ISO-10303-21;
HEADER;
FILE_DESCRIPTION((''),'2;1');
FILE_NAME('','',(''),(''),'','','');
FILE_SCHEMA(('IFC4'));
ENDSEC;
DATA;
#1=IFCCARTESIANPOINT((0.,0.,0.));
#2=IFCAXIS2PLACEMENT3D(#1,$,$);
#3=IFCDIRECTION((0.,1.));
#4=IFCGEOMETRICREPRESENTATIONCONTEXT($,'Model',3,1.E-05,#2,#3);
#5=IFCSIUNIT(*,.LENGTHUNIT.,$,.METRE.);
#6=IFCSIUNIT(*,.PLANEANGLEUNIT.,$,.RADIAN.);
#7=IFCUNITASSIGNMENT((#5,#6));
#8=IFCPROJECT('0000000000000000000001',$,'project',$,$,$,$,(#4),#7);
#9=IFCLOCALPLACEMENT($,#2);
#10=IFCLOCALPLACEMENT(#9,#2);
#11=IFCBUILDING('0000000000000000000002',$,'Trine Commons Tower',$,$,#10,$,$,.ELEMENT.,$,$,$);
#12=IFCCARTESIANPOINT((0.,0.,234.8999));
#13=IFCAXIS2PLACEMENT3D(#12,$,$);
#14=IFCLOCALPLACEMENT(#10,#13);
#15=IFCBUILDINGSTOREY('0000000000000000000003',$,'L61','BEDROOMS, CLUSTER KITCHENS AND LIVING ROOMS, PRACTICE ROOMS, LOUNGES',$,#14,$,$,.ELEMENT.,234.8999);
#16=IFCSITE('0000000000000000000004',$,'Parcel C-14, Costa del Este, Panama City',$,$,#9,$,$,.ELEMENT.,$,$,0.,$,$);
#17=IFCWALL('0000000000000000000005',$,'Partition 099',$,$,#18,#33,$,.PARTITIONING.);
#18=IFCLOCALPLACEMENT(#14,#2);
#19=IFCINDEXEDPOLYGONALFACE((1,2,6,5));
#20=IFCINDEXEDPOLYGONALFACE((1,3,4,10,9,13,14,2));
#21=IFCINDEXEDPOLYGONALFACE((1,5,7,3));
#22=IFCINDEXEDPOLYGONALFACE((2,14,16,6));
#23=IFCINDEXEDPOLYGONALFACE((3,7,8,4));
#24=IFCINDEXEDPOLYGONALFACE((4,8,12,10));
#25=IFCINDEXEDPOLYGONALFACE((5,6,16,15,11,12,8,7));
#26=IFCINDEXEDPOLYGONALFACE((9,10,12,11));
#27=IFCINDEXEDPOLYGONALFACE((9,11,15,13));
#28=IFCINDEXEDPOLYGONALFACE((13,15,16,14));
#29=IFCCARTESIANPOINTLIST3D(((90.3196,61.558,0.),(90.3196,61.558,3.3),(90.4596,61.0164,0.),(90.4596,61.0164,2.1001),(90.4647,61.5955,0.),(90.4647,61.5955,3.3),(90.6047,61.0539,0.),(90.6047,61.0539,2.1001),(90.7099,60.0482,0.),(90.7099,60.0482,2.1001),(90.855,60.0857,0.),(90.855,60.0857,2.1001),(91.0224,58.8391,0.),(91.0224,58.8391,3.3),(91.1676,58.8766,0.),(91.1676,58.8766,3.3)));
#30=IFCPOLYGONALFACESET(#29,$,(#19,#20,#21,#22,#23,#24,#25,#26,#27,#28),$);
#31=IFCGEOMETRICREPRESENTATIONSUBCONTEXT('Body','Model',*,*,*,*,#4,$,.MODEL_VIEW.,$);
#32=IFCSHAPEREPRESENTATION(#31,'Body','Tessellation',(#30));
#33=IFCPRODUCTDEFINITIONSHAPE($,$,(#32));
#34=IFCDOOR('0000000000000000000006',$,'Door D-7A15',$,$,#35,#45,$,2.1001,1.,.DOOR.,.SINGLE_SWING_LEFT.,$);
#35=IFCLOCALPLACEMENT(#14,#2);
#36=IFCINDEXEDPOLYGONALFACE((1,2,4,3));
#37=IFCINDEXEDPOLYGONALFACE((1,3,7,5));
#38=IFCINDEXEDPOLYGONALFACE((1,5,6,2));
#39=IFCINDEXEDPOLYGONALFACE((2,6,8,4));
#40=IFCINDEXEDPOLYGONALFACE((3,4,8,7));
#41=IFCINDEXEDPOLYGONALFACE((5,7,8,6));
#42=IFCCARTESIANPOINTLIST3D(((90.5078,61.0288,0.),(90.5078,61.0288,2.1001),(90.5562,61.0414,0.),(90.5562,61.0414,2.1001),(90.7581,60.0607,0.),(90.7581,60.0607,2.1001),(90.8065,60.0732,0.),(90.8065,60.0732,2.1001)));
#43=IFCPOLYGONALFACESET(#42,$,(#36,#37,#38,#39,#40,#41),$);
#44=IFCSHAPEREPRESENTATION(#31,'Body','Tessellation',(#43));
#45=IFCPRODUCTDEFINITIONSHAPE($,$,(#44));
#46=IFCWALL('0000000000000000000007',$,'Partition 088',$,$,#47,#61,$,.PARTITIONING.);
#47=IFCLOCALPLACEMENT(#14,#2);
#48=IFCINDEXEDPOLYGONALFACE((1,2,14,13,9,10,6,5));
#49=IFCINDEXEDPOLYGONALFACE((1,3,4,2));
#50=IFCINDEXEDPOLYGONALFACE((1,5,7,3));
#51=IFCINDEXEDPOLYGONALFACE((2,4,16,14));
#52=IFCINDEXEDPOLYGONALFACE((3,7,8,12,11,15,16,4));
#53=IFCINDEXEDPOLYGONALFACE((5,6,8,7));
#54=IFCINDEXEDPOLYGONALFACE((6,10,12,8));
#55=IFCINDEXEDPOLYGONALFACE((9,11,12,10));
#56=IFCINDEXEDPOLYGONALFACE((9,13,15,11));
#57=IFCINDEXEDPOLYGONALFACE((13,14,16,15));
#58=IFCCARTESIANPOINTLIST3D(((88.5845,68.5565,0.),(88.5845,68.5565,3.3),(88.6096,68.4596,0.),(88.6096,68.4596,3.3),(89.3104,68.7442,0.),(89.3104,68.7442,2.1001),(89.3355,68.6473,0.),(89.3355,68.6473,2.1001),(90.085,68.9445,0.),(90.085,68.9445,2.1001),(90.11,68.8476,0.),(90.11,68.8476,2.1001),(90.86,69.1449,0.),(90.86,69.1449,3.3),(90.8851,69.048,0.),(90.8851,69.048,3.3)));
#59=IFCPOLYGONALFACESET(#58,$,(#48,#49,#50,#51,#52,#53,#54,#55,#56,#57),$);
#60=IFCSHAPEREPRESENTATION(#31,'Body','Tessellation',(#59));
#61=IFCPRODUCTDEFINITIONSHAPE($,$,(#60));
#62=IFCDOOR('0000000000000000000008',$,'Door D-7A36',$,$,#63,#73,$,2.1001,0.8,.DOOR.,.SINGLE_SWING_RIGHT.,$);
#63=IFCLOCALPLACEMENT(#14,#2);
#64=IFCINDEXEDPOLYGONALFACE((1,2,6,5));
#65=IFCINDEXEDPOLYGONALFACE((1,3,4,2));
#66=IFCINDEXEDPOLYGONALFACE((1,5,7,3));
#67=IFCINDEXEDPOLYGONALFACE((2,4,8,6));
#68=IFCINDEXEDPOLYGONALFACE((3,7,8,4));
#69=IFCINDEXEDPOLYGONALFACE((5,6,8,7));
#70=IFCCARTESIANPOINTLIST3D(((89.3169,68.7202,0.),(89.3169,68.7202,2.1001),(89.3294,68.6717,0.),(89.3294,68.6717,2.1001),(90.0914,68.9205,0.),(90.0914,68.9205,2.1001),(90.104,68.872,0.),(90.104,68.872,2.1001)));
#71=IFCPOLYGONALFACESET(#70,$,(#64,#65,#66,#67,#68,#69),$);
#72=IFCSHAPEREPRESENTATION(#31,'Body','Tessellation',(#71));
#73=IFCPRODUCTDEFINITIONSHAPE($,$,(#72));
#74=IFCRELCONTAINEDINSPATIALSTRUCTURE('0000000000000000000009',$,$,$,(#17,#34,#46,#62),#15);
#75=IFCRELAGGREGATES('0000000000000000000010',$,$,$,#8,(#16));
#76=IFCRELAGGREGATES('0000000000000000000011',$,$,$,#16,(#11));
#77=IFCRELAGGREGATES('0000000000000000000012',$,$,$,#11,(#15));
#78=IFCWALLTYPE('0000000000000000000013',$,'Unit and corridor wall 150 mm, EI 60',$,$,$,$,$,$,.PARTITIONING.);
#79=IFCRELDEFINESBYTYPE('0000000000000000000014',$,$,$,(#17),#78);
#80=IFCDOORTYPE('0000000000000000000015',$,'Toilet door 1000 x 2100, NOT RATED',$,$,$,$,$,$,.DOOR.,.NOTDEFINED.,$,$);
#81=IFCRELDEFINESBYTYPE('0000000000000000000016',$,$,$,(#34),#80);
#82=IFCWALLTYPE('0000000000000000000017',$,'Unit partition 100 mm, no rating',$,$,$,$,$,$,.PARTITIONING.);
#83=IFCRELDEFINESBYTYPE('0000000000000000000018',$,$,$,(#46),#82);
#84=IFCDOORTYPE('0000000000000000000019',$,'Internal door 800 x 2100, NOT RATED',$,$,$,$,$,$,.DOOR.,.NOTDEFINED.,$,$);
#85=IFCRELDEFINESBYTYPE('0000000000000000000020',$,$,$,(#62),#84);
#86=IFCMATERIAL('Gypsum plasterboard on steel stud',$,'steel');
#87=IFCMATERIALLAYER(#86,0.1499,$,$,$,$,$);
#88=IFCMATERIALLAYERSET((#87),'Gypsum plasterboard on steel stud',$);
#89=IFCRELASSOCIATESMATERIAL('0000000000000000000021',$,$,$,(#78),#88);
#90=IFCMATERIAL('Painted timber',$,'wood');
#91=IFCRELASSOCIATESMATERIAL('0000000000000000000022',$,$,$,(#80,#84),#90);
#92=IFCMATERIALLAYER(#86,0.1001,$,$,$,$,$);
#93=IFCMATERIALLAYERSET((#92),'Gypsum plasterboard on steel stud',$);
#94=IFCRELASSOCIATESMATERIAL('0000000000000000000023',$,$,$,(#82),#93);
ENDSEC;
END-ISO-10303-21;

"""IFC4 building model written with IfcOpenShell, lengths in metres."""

from ifc_helpers import new_model, si_unit, direction, frame, frame_2d, origin, place, context, subcontext, project, spatial, rectangle, extrude, material, layer, layer_set, type_object, element, fill, save


model = new_model("IFC4")

# Units and contexts
model_context = context("Model", 3, precision=1e-05, world=origin(), true_north=direction((0.0, 1.0)))
body_context = subcontext(model_context, "Body", "Model", "MODEL_VIEW")
ifc_project = project(units=[si_unit("LENGTHUNIT", "METRE"), si_unit("PLANEANGLEUNIT", "RADIAN")], contexts=[model_context])

# Site, building, storey
site_placement = place(None, origin())
site = spatial("IfcSite", under=ifc_project, at=site_placement, Name="Parcel C-14, Costa del Este, Panama City", CompositionType="ELEMENT", RefElevation=0.0)
building_placement = place(site_placement, origin())
building = spatial("IfcBuilding", under=site, at=building_placement, Name="Trine Commons Tower", CompositionType="ELEMENT")
storey_placement = place(building_placement, frame((0.0, 0.0, 234.8999)))
storey = spatial("IfcBuildingStorey", under=building, at=storey_placement, Name="L61", Description="BEDROOMS, CLUSTER KITCHENS AND LIVING ROOMS, PRACTICE ROOMS, LOUNGES", CompositionType="ELEMENT", Elevation=234.8999)

# Shared definitions
ifc_material_1 = material(Name="Gypsum plasterboard on steel stud", Category="steel")
ifc_layer_1 = layer(ifc_material_1, 0.1499)
ifc_layer_set_1 = layer_set([ifc_layer_1], Name="Gypsum plasterboard on steel stud")
wall_type_1 = type_object("IfcWallType", Name="Unit and corridor wall 150 mm, EI 60", PredefinedType="PARTITIONING", material=ifc_layer_set_1)

# Shared definitions
ifc_material_2 = material(Name="Painted timber", Category="wood")

# Walls, openings, doors
wall_1_placement = place(storey_placement, frame((90.3921, 61.5769, 0.0), z_axis=(0.0, 0.0, 1.0), x_axis=(0.25028, -0.968173, 0.0)))
wall_1 = element("IfcWall", 1, at=wall_1_placement, inside=storey, type_object=wall_type_1, Name="Partition 099", PredefinedType="PARTITIONING", context=body_context, shape_type="SweptSolid", body=[
    extrude(rectangle(XDim=2.8083, YDim=0.1499, at=frame_2d((1.4043, 0.0))), origin(), (0.0, 0.0, 1.0), 3.3),
])
opening_1_placement = place(wall_1_placement, frame((0.5596, 0.0, 0.0)))
opening_1 = element("IfcOpeningElement", 2, at=opening_1_placement, cuts=wall_1, PredefinedType="OPENING", context=body_context, shape_type="SweptSolid", body=[
    extrude(rectangle(XDim=1.0, YDim=2.1001, at=frame_2d((0.5, 1.05))), frame((0.0, 0.085, 0.0), z_axis=(0.0, -1.0, 0.0), x_axis=(1.0, 0.0, 0.0)), (0.0, 0.0, 1.0), 0.1699),
])
door_type_1 = type_object("IfcDoorType", Name="Toilet door 1000 x 2100, NOT RATED", OperationType="NOTDEFINED", PredefinedType="DOOR", material=ifc_material_2)
door_1_placement = place(opening_1_placement, origin())
door_1 = element("IfcDoor", 3, at=door_1_placement, inside=storey, type_object=door_type_1, Name="Door D-7A15", OperationType="SINGLE_SWING_LEFT", OverallHeight=2.1001, OverallWidth=1.0, PredefinedType="DOOR", context=body_context, shape_type="SweptSolid", body=[
    extrude(rectangle(XDim=1.0, YDim=2.1001, at=frame_2d((0.5, 1.05))), frame((0.0, 0.0249, 0.0), z_axis=(0.0, -1.0, 0.0), x_axis=(1.0, 0.0, 0.0)), (0.0, 0.0, 1.0), 0.05),
])
fill(opening_1, door_1)
ifc_layer_2 = layer(ifc_material_1, 0.1001)
ifc_layer_set_2 = layer_set([ifc_layer_2], Name="Gypsum plasterboard on steel stud")
wall_type_2 = type_object("IfcWallType", Name="Unit partition 100 mm, no rating", PredefinedType="PARTITIONING", material=ifc_layer_set_2)
wall_2_placement = place(storey_placement, frame((88.5969, 68.5081, 0.0), z_axis=(0.0, 0.0, 1.0), x_axis=(0.968156, 0.250349, 0.0)))
wall_2 = element("IfcWall", 4, at=wall_2_placement, inside=storey, type_object=wall_type_2, Name="Partition 088", PredefinedType="PARTITIONING", context=body_context, shape_type="SweptSolid", body=[
    extrude(rectangle(XDim=2.3503, YDim=0.1001, at=frame_2d((1.1753, 0.0))), origin(), (0.0, 0.0, 1.0), 3.3),
])
opening_2_placement = place(wall_2_placement, frame((0.75, 0.0, 0.0)))
opening_2 = element("IfcOpeningElement", 5, at=opening_2_placement, cuts=wall_2, PredefinedType="OPENING", context=body_context, shape_type="SweptSolid", body=[
    extrude(rectangle(XDim=0.8, YDim=2.1001, at=frame_2d((0.3999, 1.05))), frame((0.0, 0.0601, 0.0), z_axis=(0.0, -1.0, 0.0), x_axis=(1.0, 0.0, 0.0)), (0.0, 0.0, 1.0), 0.1201),
])
door_type_2 = type_object("IfcDoorType", Name="Internal door 800 x 2100, NOT RATED", OperationType="NOTDEFINED", PredefinedType="DOOR", material=ifc_material_2)
door_2_placement = place(opening_2_placement, frame((0.8, 0.0, 0.0), z_axis=(0.0, 0.0, 1.0), x_axis=(-1.0, 0.0, 0.0)))
door_2 = element("IfcDoor", 6, at=door_2_placement, inside=storey, type_object=door_type_2, Name="Door D-7A36", OperationType="SINGLE_SWING_RIGHT", OverallHeight=2.1001, OverallWidth=0.8, PredefinedType="DOOR", context=body_context, shape_type="SweptSolid", body=[
    extrude(rectangle(XDim=0.8, YDim=2.1001, at=frame_2d((0.3999, 1.05))), frame((0.0, 0.0249, 0.0), z_axis=(0.0, -1.0, 0.0), x_axis=(1.0, 0.0, 0.0)), (0.0, 0.0, 1.0), 0.05),
])
fill(opening_2, door_2)

save(model, "model.ifc")
